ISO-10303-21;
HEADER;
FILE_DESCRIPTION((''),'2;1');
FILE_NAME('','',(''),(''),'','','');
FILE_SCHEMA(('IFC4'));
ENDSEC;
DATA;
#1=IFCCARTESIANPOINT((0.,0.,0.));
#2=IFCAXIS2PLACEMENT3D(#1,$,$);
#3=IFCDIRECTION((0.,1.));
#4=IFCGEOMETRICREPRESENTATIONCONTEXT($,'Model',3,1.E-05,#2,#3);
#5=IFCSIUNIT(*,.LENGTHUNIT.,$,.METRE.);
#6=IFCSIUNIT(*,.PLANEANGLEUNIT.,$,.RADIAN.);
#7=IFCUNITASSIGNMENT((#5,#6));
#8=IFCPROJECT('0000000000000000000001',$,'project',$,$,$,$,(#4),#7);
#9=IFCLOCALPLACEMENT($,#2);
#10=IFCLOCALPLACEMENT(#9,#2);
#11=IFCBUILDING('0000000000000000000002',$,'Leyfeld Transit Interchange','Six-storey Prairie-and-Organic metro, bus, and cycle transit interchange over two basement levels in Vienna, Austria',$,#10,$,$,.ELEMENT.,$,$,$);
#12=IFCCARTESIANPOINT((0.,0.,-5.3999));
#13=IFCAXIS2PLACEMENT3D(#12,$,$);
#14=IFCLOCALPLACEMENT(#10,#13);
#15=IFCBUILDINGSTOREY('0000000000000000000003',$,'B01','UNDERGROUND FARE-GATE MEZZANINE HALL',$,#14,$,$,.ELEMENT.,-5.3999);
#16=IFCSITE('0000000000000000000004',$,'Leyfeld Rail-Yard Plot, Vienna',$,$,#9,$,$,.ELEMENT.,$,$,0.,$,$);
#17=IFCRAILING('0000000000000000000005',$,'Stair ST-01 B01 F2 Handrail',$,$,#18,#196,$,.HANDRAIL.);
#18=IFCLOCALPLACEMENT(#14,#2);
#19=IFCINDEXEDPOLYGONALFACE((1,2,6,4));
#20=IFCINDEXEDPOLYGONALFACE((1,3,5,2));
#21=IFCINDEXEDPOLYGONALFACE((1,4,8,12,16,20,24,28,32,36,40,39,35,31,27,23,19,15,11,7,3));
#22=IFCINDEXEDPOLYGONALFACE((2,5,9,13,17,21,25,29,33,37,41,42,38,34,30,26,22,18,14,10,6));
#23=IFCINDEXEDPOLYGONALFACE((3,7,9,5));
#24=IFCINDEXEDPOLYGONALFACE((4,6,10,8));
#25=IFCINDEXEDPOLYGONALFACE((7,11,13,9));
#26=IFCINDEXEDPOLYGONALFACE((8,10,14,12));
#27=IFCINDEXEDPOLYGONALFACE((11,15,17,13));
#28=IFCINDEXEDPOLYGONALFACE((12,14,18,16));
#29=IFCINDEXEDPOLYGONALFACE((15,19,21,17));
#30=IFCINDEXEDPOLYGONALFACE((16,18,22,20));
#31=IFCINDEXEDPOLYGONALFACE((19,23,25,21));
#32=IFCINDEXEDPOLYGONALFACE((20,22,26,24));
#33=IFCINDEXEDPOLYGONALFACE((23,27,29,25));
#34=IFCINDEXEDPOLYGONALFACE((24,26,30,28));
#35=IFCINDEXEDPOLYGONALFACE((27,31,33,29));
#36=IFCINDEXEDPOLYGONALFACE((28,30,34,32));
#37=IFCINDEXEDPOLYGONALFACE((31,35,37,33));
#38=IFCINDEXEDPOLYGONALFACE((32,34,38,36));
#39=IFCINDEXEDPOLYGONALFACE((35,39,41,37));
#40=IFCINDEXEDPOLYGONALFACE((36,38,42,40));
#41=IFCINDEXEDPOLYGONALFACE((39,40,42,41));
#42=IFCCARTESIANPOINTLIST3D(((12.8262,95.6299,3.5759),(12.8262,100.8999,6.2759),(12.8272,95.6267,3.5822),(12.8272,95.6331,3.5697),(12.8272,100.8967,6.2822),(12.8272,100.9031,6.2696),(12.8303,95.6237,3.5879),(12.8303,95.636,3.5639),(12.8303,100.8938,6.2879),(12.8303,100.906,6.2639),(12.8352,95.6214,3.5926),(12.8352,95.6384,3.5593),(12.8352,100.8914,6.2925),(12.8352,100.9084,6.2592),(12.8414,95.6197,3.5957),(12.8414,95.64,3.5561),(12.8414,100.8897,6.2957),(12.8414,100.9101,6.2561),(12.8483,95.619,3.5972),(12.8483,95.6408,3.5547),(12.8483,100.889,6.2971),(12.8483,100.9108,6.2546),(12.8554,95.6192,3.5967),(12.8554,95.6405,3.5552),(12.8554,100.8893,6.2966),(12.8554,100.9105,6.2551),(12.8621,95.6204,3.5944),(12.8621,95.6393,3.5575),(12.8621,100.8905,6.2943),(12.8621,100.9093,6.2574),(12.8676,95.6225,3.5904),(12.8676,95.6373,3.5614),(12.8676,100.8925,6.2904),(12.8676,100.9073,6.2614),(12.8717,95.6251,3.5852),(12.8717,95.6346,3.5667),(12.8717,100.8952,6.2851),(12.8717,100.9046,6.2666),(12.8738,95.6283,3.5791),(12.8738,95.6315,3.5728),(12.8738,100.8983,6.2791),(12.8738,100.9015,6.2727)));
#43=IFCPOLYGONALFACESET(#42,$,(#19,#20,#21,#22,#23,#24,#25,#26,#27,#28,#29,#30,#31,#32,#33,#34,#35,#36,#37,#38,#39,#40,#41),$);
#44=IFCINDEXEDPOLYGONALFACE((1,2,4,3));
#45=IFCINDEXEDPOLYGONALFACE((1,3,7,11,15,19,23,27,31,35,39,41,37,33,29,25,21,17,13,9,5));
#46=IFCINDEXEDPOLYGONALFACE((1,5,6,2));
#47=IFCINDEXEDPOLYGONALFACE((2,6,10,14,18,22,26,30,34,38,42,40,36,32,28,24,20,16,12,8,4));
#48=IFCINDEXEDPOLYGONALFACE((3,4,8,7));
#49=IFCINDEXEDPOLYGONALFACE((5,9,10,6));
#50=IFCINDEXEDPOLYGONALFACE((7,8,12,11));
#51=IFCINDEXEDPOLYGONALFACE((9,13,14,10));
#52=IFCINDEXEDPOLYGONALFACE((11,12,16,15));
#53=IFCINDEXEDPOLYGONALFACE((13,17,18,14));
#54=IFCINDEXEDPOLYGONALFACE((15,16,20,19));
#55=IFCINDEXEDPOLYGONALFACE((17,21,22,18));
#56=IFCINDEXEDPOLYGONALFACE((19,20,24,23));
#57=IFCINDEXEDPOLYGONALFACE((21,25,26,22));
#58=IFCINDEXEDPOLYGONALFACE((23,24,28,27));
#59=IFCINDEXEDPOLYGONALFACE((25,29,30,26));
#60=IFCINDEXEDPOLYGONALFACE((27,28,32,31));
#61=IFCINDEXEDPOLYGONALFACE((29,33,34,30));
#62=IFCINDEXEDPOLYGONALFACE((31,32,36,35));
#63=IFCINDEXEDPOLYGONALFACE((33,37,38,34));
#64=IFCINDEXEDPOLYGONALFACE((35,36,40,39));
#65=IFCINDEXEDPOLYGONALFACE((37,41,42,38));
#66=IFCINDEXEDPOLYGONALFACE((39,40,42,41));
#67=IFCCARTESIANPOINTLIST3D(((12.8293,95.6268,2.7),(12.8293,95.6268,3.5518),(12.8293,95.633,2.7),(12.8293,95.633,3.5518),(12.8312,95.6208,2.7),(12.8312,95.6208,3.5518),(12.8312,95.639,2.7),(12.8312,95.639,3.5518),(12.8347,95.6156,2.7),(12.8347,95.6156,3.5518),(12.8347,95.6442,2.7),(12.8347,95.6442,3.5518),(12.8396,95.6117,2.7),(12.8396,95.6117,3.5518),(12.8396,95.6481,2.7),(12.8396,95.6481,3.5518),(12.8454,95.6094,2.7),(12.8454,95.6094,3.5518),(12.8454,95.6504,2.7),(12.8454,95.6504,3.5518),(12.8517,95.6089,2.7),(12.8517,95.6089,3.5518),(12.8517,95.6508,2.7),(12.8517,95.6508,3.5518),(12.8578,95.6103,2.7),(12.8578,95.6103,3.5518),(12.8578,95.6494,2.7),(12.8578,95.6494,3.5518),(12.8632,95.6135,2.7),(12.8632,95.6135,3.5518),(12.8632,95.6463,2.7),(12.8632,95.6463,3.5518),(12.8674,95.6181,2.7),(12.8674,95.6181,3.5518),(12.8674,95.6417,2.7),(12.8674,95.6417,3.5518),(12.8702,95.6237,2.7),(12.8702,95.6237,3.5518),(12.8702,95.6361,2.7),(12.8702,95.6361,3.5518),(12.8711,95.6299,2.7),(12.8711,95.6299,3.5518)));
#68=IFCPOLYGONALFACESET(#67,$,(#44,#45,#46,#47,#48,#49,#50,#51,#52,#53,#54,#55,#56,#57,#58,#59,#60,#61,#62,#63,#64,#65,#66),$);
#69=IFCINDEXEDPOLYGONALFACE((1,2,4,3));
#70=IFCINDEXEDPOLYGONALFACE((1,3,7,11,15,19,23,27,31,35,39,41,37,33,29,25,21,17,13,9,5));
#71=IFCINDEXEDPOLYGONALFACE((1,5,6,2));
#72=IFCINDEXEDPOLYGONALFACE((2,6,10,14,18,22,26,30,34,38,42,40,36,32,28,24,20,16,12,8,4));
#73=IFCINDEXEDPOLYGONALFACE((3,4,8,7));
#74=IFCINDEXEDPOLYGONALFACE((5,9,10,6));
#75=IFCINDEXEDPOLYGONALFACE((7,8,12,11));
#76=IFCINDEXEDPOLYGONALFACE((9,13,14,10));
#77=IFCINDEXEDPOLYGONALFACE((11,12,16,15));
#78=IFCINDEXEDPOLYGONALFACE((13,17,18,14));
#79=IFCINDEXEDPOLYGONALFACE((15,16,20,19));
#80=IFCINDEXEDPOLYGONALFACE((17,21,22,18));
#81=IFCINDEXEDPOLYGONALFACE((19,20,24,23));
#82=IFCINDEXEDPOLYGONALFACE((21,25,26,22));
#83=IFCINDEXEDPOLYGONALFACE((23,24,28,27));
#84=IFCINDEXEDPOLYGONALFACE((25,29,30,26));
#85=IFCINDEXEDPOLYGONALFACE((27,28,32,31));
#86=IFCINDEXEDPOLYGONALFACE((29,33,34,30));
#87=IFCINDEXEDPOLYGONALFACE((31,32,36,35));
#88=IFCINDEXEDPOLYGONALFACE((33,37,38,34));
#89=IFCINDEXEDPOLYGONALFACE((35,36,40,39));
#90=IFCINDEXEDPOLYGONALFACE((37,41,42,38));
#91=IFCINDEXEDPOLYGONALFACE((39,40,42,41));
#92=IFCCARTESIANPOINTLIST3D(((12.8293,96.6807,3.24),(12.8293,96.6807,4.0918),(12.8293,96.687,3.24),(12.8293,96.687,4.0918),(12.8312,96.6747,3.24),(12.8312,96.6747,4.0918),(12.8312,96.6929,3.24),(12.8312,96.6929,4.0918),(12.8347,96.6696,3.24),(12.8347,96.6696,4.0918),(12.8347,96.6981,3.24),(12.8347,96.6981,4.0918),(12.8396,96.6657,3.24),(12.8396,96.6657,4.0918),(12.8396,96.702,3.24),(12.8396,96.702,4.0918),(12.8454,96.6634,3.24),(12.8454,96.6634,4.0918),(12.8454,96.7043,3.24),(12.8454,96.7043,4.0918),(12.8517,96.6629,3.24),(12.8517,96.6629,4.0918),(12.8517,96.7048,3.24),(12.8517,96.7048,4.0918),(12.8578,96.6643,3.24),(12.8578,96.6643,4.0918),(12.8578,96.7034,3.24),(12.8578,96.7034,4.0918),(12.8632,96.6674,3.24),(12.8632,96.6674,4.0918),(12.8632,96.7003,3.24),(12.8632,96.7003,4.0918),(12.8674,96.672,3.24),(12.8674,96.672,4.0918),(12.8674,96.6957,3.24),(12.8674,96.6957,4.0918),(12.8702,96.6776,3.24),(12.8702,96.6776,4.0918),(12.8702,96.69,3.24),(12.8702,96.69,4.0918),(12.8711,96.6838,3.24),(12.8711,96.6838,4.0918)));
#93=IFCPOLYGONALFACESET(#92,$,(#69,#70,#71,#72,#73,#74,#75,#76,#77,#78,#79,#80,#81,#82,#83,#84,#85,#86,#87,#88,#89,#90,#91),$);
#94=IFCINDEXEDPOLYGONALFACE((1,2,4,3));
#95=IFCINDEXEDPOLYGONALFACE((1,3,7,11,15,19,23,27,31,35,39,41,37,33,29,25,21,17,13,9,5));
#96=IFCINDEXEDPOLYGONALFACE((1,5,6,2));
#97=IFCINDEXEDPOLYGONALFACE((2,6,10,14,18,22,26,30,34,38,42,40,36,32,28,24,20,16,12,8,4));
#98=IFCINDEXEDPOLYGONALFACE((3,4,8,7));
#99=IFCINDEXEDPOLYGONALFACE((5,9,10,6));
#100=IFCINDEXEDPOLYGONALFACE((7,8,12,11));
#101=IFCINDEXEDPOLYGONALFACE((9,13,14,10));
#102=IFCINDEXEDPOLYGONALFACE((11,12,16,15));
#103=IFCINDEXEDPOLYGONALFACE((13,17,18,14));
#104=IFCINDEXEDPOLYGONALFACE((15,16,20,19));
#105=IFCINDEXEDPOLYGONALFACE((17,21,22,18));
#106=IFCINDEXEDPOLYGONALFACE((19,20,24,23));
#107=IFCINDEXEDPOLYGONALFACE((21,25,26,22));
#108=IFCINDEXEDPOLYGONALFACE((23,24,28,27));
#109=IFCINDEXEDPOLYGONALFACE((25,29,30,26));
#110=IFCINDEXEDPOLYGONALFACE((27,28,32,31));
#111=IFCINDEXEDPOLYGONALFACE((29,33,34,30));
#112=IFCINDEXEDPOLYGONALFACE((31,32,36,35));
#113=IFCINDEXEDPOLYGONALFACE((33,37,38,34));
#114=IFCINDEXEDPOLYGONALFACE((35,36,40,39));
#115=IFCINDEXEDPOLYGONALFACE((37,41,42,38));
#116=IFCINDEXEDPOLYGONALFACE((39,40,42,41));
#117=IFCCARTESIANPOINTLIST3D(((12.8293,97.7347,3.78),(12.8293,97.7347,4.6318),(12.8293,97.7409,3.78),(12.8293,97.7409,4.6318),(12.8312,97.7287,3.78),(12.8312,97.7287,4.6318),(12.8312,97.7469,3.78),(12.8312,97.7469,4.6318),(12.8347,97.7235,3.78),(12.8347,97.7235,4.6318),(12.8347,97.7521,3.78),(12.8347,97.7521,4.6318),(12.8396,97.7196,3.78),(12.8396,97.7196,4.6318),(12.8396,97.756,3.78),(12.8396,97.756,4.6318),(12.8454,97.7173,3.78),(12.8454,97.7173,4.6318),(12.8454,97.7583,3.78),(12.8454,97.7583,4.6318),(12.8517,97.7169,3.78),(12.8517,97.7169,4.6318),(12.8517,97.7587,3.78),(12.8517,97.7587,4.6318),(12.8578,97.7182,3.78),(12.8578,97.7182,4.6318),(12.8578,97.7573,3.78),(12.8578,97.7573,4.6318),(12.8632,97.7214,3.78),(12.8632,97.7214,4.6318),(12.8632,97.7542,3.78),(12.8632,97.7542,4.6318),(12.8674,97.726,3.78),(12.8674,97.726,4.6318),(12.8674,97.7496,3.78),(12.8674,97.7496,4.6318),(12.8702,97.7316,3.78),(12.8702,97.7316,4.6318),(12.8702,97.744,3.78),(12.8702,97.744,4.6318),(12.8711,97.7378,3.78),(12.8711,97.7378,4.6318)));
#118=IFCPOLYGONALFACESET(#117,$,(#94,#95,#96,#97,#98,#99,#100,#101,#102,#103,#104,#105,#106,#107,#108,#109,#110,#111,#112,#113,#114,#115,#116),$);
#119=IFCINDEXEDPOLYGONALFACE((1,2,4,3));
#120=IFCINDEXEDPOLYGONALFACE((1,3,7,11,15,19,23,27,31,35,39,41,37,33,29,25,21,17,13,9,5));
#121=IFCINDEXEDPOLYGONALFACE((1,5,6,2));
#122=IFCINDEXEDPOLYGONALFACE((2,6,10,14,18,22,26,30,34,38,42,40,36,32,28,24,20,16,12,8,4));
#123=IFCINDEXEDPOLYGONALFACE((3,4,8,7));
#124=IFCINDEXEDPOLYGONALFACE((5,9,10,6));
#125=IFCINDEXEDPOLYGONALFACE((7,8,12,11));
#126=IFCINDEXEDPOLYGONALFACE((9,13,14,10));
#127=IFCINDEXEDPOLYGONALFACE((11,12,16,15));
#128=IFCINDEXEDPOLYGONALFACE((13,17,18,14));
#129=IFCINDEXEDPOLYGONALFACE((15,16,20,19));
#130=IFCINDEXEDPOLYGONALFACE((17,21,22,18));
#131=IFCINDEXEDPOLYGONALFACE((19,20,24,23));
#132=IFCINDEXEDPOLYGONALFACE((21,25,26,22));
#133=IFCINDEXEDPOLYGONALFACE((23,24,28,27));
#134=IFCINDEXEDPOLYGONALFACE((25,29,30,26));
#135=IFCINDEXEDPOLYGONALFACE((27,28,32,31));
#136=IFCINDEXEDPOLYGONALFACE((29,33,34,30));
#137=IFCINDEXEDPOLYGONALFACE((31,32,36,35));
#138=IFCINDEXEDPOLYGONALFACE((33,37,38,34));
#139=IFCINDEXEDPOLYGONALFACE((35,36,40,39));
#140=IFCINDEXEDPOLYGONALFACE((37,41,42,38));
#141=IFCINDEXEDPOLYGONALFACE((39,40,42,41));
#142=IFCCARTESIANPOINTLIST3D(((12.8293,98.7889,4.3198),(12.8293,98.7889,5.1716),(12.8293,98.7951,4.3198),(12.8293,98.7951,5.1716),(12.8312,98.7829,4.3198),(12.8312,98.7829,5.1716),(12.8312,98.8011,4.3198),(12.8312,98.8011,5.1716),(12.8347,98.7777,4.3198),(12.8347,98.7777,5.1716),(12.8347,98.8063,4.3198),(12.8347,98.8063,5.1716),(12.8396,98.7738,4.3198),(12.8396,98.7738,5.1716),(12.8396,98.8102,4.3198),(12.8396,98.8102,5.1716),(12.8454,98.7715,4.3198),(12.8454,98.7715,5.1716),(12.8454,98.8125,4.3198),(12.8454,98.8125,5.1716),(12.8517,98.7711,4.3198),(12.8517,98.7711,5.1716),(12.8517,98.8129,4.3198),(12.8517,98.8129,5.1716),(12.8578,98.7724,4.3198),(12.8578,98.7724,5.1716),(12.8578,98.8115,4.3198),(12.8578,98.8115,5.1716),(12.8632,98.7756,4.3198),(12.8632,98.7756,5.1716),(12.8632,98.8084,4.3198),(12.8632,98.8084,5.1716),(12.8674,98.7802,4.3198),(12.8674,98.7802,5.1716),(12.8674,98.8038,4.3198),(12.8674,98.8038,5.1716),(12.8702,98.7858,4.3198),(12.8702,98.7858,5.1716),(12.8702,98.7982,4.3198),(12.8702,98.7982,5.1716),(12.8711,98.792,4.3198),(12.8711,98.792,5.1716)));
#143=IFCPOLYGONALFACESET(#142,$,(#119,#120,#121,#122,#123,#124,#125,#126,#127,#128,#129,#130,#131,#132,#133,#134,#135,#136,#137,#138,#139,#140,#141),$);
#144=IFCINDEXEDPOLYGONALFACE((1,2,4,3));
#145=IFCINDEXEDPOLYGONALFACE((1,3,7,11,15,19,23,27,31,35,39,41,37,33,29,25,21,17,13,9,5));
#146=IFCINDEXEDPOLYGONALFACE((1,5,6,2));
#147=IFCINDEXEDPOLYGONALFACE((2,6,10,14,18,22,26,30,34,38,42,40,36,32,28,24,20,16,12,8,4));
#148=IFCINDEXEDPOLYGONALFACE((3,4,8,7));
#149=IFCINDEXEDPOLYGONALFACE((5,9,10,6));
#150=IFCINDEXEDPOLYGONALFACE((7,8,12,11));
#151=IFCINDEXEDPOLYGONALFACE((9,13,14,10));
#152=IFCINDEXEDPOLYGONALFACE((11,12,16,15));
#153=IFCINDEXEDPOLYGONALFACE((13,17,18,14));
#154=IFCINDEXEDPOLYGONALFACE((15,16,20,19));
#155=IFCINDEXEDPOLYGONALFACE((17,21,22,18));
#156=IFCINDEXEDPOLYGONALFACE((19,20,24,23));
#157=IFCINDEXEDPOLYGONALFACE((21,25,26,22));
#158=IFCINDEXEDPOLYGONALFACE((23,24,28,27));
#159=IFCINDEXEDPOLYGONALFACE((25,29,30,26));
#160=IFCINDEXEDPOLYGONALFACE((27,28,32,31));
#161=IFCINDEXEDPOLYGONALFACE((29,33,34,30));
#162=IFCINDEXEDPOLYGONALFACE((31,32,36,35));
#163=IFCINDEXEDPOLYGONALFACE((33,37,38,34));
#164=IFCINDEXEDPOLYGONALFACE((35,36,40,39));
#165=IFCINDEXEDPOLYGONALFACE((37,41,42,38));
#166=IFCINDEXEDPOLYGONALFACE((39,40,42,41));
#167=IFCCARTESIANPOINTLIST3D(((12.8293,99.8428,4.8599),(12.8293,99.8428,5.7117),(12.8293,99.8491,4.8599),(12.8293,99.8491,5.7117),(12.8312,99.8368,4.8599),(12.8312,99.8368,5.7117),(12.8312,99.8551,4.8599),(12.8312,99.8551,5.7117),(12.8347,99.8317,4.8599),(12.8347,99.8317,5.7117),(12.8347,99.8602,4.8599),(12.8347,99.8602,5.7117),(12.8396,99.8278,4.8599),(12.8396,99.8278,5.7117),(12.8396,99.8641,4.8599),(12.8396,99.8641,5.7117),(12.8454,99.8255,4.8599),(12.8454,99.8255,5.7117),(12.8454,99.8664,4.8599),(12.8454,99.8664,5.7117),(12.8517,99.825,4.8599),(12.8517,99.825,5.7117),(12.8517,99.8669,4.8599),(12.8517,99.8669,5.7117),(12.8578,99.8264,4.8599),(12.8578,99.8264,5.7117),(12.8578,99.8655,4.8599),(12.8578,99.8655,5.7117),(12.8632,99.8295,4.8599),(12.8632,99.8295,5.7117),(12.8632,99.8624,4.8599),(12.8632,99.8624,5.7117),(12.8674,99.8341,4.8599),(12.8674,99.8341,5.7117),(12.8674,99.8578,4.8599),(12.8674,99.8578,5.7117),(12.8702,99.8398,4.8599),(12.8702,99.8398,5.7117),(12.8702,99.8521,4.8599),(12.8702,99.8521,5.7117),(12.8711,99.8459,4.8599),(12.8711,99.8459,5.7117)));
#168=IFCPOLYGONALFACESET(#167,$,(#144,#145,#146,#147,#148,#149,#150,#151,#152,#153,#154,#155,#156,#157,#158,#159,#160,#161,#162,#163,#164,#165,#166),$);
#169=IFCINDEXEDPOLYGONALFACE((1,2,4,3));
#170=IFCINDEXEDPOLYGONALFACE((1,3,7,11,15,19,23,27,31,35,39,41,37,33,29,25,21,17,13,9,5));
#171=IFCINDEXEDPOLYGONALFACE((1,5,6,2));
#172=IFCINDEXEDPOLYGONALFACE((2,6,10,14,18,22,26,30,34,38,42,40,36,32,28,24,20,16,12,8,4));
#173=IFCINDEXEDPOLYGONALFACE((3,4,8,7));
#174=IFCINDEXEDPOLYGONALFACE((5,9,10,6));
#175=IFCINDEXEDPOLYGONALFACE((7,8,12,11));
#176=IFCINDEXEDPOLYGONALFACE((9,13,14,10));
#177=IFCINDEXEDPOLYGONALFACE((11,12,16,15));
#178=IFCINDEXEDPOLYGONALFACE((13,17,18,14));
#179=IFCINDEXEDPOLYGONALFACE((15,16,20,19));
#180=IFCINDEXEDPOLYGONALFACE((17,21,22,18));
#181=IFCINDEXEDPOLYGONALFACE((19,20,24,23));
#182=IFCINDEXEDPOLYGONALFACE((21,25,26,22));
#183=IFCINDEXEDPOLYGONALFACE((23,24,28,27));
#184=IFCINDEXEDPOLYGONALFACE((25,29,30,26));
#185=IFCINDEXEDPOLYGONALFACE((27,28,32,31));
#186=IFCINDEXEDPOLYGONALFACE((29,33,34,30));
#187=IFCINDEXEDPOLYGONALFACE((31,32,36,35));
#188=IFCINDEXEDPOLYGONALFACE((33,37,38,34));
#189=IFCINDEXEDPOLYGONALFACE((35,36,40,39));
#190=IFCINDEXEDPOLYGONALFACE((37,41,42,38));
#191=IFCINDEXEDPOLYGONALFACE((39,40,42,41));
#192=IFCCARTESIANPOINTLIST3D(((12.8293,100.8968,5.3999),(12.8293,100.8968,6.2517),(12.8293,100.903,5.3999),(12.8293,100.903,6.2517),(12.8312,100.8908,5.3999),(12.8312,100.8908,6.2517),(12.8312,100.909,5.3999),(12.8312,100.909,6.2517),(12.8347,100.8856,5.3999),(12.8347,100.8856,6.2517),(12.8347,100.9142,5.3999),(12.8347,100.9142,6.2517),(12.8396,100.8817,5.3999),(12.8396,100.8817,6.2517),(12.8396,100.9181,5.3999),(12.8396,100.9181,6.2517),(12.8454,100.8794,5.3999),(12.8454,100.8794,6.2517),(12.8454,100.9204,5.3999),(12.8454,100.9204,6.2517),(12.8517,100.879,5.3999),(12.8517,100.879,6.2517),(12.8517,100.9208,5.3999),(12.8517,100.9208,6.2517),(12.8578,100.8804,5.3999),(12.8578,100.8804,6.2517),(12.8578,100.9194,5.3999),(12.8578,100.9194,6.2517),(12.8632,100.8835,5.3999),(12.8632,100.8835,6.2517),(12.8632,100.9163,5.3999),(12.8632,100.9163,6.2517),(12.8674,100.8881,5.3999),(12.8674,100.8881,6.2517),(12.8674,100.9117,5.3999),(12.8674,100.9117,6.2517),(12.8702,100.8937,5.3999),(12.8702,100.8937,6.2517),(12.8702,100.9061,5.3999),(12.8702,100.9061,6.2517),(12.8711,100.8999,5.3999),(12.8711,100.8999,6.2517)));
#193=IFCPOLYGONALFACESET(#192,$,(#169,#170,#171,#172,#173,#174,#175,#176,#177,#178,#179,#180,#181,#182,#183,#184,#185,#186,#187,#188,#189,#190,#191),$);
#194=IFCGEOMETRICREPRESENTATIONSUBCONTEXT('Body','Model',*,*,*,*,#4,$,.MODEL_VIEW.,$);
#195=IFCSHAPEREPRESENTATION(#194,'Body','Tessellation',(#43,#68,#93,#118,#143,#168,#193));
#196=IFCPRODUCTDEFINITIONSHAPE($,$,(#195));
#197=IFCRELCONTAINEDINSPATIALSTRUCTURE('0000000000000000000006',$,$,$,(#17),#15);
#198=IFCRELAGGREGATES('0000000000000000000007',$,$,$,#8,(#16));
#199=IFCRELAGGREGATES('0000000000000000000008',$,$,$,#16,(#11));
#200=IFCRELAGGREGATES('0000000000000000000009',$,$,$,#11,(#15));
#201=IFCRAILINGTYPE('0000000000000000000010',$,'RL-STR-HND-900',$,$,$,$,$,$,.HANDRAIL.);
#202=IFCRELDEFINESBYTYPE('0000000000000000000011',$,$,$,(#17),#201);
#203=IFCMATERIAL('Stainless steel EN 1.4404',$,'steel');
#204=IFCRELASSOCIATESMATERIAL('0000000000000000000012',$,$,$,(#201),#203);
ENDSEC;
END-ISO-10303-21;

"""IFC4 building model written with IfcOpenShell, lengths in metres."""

from ifc_helpers import new_model, si_unit, direction, frame, origin, origin_2d, place, context, subcontext, project, spatial, circle, extrude, material, type_object, element, save


model = new_model("IFC4")

# Units and contexts
model_context = context("Model", 3, precision=1e-05, world=origin(), true_north=direction((0.0, 1.0)))
body_context = subcontext(model_context, "Body", "Model", "MODEL_VIEW")
ifc_project = project(units=[si_unit("LENGTHUNIT", "METRE"), si_unit("PLANEANGLEUNIT", "RADIAN")], contexts=[model_context])

# Site, building, storey
site_placement = place(None, origin())
site = spatial("IfcSite", under=ifc_project, at=site_placement, Name="Leyfeld Rail-Yard Plot, Vienna", CompositionType="ELEMENT", RefElevation=0.0)
building_placement = place(site_placement, origin())
building = spatial("IfcBuilding", under=site, at=building_placement, Name="Leyfeld Transit Interchange", Description="Six-storey Prairie-and-Organic metro, bus, and cycle transit interchange over two basement levels in Vienna, Austria", CompositionType="ELEMENT")
storey_placement = place(building_placement, frame((0.0, 0.0, -5.3999)))
storey = spatial("IfcBuildingStorey", under=building, at=storey_placement, Name="B01", Description="UNDERGROUND FARE-GATE MEZZANINE HALL", CompositionType="ELEMENT", Elevation=-5.3999)

# Railing
ifc_material_1 = material(Name="Stainless steel EN 1.4404", Category="steel")
railing_type_1 = type_object("IfcRailingType", Name="RL-STR-HND-900", PredefinedType="HANDRAIL", material=ifc_material_1)
railing_1_placement = place(storey_placement, frame((12.8501, 95.6299, 2.7)))
element("IfcRailing", 1, at=railing_1_placement, inside=storey, type_object=railing_type_1, Name="Stair ST-01 B01 F2 Handrail", PredefinedType="HANDRAIL", context=body_context, shape_type="SweptSolid", body=[
    extrude(circle(Radius=0.0239, at=origin_2d()), frame((0.0, 0.0, 0.876), z_axis=(0.0, 0.889997, 0.455966), x_axis=(-1.0, 0.0, 0.0)), (0.0, 0.0, 1.0), 5.9214),
    extrude(circle(Radius=0.021, at=origin_2d()), origin(), (0.0, 0.0, 1.0), 0.8518),
    extrude(circle(Radius=0.021, at=origin_2d()), frame((0.0, 1.054, 0.54)), (0.0, 0.0, 1.0), 0.8518),
    extrude(circle(Radius=0.021, at=origin_2d()), frame((0.0, 2.1079, 1.0801)), (0.0, 0.0, 1.0), 0.8518),
    extrude(circle(Radius=0.021, at=origin_2d()), frame((0.0, 3.1621, 1.6199)), (0.0, 0.0, 1.0), 0.8518),
    extrude(circle(Radius=0.021, at=origin_2d()), frame((0.0, 4.2161, 2.1599)), (0.0, 0.0, 1.0), 0.8518),
    extrude(circle(Radius=0.021, at=origin_2d()), frame((0.0, 5.27, 2.7)), (0.0, 0.0, 1.0), 0.8518),
])

save(model, "model.ifc")
